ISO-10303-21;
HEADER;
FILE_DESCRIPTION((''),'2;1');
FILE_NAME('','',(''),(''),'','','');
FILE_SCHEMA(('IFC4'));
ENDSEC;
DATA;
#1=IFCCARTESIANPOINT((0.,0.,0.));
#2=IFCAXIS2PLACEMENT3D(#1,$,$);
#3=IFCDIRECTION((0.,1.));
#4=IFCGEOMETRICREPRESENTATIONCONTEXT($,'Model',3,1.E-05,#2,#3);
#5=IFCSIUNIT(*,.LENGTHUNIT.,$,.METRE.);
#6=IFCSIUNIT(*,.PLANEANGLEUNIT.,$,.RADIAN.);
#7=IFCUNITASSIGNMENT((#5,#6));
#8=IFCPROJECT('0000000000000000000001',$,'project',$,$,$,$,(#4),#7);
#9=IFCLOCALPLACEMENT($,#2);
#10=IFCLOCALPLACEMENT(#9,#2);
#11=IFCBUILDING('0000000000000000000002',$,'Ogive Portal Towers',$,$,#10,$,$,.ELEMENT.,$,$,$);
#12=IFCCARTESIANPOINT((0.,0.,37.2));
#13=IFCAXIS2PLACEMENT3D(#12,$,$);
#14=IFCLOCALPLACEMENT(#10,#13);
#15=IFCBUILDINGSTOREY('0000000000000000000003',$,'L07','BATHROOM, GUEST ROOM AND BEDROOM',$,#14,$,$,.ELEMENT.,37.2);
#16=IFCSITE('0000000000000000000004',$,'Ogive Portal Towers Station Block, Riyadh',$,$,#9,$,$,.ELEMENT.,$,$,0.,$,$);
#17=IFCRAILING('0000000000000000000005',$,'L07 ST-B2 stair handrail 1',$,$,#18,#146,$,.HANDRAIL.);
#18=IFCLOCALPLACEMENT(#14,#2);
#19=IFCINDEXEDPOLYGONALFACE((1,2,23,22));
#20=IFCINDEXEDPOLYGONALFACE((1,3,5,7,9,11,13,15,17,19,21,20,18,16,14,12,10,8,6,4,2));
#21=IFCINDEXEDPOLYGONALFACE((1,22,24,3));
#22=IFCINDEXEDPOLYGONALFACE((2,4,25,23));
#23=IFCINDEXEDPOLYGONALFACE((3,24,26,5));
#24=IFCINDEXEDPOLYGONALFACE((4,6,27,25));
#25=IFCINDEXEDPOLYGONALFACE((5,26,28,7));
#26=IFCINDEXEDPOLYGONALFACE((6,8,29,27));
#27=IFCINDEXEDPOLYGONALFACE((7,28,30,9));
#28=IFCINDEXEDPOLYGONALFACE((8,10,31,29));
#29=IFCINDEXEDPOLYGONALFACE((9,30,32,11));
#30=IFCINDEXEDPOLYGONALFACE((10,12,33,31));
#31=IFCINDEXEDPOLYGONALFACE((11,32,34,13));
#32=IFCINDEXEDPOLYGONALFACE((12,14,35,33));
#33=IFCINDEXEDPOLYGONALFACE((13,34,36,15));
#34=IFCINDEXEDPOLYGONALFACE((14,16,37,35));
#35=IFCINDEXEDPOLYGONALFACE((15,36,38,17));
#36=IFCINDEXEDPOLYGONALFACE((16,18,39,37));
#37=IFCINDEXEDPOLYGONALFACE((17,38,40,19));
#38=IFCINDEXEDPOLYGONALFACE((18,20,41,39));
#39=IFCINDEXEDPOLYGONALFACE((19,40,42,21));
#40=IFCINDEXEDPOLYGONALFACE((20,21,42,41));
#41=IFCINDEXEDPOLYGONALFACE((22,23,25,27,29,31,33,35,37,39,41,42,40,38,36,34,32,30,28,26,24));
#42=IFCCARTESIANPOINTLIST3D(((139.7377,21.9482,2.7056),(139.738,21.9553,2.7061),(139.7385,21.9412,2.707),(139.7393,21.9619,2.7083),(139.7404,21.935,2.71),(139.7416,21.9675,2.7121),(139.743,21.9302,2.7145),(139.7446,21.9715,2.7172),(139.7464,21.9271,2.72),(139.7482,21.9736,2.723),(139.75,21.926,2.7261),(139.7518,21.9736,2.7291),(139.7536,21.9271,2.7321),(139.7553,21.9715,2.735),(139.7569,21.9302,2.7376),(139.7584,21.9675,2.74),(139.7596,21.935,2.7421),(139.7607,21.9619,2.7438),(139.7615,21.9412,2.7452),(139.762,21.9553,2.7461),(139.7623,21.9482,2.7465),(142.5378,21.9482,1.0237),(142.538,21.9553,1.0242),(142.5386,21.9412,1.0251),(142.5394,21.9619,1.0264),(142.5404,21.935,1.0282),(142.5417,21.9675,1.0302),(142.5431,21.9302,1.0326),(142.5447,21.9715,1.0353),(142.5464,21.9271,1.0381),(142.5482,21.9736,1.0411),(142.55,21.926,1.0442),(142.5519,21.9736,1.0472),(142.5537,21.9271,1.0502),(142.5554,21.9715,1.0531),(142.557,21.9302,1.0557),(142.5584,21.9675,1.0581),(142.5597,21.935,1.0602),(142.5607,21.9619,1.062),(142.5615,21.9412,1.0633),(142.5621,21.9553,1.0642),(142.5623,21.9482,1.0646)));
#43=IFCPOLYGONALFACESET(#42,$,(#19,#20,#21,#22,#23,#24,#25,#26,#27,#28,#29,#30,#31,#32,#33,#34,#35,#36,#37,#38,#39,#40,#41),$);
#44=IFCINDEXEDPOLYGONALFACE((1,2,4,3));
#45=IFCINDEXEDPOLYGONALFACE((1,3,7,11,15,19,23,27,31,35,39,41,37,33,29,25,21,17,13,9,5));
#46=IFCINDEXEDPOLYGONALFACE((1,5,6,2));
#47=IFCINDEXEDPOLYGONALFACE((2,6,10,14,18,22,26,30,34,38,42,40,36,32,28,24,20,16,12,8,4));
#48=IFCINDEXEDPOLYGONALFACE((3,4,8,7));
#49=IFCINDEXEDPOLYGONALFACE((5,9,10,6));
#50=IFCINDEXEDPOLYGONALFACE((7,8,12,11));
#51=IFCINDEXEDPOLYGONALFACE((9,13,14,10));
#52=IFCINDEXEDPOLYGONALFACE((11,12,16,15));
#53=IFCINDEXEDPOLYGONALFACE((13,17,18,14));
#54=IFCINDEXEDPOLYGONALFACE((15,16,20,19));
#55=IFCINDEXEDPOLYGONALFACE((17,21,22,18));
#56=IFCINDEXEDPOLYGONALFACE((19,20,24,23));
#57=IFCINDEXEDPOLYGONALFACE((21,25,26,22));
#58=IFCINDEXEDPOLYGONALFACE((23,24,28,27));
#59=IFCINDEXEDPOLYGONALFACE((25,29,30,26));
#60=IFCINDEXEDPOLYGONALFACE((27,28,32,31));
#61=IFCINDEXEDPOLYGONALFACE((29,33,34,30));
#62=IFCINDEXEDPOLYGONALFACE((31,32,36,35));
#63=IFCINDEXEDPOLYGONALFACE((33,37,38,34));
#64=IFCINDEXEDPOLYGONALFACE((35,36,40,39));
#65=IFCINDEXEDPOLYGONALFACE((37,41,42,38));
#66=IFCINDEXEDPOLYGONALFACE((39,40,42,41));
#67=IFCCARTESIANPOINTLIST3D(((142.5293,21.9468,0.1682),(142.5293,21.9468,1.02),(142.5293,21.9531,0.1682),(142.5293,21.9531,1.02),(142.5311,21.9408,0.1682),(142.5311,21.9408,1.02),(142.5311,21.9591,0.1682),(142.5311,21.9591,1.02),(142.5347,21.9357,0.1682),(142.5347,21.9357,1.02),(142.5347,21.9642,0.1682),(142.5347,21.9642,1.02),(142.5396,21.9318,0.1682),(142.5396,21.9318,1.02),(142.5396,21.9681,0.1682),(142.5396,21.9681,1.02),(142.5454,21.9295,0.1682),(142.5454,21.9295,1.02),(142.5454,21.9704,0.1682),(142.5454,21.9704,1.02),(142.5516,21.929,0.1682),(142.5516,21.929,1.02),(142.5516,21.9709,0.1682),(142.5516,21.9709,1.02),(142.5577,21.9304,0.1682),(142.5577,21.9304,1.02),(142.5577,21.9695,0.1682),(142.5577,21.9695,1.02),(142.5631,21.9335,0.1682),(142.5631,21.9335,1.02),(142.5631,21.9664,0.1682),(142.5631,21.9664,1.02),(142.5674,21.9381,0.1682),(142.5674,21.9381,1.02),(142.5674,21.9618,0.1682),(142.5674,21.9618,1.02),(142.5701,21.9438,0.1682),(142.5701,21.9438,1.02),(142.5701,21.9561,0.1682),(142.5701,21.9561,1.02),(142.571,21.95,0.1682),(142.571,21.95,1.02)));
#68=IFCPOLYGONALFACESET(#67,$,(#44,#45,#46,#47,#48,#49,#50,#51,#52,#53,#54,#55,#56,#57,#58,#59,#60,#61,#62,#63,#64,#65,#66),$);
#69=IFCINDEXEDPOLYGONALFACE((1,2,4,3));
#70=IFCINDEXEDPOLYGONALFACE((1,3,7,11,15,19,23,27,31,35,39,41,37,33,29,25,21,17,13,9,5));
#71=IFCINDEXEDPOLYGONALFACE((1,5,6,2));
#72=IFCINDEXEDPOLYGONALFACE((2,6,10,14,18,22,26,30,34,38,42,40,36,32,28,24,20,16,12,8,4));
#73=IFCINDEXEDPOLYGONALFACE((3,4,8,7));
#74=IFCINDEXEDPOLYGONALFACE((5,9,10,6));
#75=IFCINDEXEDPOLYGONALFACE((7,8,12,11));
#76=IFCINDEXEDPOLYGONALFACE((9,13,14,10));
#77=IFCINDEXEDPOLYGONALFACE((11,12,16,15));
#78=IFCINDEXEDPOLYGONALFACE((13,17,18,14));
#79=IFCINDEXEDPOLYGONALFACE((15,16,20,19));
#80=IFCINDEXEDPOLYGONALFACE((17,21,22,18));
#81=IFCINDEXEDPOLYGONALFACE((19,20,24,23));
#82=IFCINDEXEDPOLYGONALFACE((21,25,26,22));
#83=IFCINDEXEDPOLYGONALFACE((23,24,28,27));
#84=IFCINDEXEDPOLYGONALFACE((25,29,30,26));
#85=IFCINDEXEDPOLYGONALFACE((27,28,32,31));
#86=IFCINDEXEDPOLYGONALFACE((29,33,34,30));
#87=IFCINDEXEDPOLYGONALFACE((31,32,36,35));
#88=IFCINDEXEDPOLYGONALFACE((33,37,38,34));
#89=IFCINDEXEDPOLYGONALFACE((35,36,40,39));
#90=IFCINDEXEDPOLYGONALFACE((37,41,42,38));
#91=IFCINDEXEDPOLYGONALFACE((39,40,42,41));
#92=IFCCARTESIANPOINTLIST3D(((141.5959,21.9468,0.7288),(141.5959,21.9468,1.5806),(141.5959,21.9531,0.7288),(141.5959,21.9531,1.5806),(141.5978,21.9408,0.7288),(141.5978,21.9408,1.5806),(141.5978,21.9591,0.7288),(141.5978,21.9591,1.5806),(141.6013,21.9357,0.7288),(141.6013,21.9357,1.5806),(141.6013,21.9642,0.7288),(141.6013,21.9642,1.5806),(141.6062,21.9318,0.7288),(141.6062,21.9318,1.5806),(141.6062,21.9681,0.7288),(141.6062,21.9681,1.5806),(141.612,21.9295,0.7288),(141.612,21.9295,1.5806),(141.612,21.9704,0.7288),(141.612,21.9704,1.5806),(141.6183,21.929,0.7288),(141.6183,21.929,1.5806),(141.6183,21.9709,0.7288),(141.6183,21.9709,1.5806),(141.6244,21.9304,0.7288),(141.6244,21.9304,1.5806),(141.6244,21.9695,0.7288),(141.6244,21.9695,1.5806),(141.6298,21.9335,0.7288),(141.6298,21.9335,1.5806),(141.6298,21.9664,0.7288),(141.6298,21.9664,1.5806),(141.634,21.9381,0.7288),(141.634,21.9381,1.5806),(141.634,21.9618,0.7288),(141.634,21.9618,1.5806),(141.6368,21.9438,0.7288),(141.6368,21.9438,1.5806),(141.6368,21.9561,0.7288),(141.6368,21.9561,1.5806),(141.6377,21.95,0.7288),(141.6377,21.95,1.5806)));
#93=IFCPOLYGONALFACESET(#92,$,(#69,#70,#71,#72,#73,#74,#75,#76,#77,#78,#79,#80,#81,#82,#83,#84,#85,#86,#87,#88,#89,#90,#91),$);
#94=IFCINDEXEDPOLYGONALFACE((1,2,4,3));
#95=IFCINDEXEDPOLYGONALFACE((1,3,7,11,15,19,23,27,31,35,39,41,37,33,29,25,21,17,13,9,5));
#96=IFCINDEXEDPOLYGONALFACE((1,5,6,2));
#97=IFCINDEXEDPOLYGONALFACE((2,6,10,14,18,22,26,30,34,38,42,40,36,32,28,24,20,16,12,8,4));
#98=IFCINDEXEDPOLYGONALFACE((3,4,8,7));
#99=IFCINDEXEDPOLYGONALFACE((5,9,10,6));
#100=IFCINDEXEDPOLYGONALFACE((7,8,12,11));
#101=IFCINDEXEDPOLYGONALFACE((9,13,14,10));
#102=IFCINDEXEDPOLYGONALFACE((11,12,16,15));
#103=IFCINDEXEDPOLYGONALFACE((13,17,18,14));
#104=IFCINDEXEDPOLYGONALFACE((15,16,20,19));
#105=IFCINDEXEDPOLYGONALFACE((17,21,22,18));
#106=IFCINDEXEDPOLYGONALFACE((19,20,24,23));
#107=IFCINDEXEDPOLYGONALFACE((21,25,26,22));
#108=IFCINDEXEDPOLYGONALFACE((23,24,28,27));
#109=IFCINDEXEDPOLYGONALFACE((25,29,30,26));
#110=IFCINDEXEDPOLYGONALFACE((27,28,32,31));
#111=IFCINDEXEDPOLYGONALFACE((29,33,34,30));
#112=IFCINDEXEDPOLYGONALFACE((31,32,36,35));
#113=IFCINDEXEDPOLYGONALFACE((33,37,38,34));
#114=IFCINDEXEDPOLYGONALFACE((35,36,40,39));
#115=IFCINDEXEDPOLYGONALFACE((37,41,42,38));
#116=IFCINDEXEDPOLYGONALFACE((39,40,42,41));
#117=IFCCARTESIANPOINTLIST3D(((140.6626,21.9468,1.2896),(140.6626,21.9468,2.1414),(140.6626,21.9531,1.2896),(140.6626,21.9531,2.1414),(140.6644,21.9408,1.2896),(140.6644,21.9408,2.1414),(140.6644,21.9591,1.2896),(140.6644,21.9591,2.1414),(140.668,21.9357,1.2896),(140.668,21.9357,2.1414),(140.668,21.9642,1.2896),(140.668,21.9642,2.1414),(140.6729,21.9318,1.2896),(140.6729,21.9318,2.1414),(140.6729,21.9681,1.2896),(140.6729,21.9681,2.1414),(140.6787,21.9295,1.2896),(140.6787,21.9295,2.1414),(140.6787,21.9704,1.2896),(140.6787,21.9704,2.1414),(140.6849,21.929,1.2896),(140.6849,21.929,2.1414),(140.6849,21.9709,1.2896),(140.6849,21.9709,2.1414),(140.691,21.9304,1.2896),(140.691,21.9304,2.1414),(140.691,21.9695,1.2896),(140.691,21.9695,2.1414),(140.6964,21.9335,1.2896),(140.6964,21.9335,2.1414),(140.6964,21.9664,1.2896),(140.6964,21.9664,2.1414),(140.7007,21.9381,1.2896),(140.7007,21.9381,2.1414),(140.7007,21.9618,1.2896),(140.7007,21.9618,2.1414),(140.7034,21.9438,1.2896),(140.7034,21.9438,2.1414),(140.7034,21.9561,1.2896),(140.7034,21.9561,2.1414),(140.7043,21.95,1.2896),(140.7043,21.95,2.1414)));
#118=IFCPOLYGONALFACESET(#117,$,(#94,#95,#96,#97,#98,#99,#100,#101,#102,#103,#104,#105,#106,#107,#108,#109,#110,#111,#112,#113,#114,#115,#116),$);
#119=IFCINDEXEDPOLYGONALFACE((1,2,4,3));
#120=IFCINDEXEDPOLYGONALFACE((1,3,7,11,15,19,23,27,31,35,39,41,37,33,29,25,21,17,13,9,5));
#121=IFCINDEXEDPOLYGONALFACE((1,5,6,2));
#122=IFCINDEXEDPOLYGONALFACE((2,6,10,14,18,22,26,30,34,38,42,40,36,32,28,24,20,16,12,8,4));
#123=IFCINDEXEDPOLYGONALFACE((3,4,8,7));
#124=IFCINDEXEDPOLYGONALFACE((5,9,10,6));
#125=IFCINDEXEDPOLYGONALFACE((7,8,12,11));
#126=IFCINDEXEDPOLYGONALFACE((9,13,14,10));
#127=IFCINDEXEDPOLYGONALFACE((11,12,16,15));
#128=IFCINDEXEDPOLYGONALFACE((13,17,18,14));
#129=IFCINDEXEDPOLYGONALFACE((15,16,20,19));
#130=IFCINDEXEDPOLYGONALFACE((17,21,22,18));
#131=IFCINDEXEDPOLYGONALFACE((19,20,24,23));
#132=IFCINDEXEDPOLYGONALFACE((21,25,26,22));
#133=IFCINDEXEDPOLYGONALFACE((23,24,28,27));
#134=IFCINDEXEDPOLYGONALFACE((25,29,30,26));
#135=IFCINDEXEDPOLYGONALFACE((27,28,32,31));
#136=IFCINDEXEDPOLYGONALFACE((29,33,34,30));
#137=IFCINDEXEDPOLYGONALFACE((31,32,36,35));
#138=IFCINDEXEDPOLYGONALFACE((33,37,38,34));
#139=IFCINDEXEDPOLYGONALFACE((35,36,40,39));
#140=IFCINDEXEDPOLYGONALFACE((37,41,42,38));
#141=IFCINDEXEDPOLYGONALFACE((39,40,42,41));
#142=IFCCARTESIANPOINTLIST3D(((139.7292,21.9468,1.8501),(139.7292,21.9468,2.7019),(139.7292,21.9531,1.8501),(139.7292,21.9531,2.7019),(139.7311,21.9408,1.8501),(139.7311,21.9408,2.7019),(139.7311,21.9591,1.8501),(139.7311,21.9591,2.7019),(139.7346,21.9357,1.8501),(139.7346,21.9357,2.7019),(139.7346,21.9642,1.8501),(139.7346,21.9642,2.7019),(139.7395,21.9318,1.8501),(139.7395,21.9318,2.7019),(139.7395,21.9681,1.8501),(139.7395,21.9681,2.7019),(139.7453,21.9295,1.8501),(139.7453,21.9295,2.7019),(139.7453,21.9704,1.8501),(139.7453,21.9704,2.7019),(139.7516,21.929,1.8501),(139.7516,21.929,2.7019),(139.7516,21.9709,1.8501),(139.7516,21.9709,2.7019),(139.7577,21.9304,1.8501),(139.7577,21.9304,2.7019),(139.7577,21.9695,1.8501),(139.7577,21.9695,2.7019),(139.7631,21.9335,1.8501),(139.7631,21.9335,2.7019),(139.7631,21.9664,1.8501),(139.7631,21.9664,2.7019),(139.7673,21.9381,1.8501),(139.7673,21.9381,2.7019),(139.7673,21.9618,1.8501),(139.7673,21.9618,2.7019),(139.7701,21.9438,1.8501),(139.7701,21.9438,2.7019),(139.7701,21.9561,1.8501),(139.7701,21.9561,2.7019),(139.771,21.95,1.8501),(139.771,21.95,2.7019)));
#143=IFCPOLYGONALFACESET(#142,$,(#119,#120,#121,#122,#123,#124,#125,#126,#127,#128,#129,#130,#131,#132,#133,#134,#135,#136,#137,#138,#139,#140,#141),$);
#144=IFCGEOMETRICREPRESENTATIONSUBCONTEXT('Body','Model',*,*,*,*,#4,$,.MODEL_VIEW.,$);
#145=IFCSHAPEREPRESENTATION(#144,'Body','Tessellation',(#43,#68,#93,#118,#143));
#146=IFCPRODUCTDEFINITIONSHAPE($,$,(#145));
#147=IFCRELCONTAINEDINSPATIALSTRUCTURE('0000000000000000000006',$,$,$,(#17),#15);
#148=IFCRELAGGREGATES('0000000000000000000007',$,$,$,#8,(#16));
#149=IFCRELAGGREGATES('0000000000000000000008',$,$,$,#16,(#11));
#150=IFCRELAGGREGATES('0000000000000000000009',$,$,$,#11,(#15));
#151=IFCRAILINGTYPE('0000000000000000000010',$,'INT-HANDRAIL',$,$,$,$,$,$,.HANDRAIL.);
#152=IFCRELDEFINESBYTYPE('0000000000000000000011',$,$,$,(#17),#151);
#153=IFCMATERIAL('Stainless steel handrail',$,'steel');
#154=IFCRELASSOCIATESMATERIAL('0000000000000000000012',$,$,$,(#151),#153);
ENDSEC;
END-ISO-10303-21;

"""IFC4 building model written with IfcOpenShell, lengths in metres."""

from ifc_helpers import new_model, si_unit, direction, frame, origin, origin_2d, place, context, subcontext, project, spatial, circle, extrude, material, type_object, element, save


model = new_model("IFC4")

# Units and contexts
model_context = context("Model", 3, precision=1e-05, world=origin(), true_north=direction((0.0, 1.0)))
body_context = subcontext(model_context, "Body", "Model", "MODEL_VIEW")
ifc_project = project(units=[si_unit("LENGTHUNIT", "METRE"), si_unit("PLANEANGLEUNIT", "RADIAN")], contexts=[model_context])

# Site, building, storey
site_placement = place(None, origin())
site = spatial("IfcSite", under=ifc_project, at=site_placement, Name="Ogive Portal Towers Station Block, Riyadh", CompositionType="ELEMENT", RefElevation=0.0)
building_placement = place(site_placement, origin())
building = spatial("IfcBuilding", under=site, at=building_placement, Name="Ogive Portal Towers", CompositionType="ELEMENT")
storey_placement = place(building_placement, frame((0.0, 0.0, 37.2)))
storey = spatial("IfcBuildingStorey", under=building, at=storey_placement, Name="L07", Description="BATHROOM, GUEST ROOM AND BEDROOM", CompositionType="ELEMENT", Elevation=37.2)

# Railing
ifc_material_1 = material(Name="Stainless steel handrail", Category="steel")
railing_type_1 = type_object("IfcRailingType", Name="INT-HANDRAIL", PredefinedType="HANDRAIL", material=ifc_material_1)
railing_1_placement = place(storey_placement, frame((142.55, 21.95, 0.1682)))
element("IfcRailing", 1, at=railing_1_placement, inside=storey, type_object=railing_type_1, Name="L07 ST-B2 stair handrail 1", PredefinedType="HANDRAIL", context=body_context, shape_type="SweptSolid", body=[
    extrude(circle(Radius=0.0239, at=origin_2d()), frame((0.0, 0.0, 0.876), z_axis=(-0.857242, 0.0, 0.514913), x_axis=(0.0, -1.0, 0.0)), (0.0, 0.0, 1.0), 3.2664),
    extrude(circle(Radius=0.021, at=origin_2d()), origin(), (0.0, 0.0, 1.0), 0.8518),
    extrude(circle(Radius=0.021, at=origin_2d()), frame((-0.9333, 0.0, 0.5605)), (0.0, 0.0, 1.0), 0.8518),
    extrude(circle(Radius=0.021, at=origin_2d()), frame((-1.8667, 0.0, 1.1213)), (0.0, 0.0, 1.0), 0.8518),
    extrude(circle(Radius=0.021, at=origin_2d()), frame((-2.8, 0.0, 1.6819)), (0.0, 0.0, 1.0), 0.8518),
])

save(model, "model.ifc")
